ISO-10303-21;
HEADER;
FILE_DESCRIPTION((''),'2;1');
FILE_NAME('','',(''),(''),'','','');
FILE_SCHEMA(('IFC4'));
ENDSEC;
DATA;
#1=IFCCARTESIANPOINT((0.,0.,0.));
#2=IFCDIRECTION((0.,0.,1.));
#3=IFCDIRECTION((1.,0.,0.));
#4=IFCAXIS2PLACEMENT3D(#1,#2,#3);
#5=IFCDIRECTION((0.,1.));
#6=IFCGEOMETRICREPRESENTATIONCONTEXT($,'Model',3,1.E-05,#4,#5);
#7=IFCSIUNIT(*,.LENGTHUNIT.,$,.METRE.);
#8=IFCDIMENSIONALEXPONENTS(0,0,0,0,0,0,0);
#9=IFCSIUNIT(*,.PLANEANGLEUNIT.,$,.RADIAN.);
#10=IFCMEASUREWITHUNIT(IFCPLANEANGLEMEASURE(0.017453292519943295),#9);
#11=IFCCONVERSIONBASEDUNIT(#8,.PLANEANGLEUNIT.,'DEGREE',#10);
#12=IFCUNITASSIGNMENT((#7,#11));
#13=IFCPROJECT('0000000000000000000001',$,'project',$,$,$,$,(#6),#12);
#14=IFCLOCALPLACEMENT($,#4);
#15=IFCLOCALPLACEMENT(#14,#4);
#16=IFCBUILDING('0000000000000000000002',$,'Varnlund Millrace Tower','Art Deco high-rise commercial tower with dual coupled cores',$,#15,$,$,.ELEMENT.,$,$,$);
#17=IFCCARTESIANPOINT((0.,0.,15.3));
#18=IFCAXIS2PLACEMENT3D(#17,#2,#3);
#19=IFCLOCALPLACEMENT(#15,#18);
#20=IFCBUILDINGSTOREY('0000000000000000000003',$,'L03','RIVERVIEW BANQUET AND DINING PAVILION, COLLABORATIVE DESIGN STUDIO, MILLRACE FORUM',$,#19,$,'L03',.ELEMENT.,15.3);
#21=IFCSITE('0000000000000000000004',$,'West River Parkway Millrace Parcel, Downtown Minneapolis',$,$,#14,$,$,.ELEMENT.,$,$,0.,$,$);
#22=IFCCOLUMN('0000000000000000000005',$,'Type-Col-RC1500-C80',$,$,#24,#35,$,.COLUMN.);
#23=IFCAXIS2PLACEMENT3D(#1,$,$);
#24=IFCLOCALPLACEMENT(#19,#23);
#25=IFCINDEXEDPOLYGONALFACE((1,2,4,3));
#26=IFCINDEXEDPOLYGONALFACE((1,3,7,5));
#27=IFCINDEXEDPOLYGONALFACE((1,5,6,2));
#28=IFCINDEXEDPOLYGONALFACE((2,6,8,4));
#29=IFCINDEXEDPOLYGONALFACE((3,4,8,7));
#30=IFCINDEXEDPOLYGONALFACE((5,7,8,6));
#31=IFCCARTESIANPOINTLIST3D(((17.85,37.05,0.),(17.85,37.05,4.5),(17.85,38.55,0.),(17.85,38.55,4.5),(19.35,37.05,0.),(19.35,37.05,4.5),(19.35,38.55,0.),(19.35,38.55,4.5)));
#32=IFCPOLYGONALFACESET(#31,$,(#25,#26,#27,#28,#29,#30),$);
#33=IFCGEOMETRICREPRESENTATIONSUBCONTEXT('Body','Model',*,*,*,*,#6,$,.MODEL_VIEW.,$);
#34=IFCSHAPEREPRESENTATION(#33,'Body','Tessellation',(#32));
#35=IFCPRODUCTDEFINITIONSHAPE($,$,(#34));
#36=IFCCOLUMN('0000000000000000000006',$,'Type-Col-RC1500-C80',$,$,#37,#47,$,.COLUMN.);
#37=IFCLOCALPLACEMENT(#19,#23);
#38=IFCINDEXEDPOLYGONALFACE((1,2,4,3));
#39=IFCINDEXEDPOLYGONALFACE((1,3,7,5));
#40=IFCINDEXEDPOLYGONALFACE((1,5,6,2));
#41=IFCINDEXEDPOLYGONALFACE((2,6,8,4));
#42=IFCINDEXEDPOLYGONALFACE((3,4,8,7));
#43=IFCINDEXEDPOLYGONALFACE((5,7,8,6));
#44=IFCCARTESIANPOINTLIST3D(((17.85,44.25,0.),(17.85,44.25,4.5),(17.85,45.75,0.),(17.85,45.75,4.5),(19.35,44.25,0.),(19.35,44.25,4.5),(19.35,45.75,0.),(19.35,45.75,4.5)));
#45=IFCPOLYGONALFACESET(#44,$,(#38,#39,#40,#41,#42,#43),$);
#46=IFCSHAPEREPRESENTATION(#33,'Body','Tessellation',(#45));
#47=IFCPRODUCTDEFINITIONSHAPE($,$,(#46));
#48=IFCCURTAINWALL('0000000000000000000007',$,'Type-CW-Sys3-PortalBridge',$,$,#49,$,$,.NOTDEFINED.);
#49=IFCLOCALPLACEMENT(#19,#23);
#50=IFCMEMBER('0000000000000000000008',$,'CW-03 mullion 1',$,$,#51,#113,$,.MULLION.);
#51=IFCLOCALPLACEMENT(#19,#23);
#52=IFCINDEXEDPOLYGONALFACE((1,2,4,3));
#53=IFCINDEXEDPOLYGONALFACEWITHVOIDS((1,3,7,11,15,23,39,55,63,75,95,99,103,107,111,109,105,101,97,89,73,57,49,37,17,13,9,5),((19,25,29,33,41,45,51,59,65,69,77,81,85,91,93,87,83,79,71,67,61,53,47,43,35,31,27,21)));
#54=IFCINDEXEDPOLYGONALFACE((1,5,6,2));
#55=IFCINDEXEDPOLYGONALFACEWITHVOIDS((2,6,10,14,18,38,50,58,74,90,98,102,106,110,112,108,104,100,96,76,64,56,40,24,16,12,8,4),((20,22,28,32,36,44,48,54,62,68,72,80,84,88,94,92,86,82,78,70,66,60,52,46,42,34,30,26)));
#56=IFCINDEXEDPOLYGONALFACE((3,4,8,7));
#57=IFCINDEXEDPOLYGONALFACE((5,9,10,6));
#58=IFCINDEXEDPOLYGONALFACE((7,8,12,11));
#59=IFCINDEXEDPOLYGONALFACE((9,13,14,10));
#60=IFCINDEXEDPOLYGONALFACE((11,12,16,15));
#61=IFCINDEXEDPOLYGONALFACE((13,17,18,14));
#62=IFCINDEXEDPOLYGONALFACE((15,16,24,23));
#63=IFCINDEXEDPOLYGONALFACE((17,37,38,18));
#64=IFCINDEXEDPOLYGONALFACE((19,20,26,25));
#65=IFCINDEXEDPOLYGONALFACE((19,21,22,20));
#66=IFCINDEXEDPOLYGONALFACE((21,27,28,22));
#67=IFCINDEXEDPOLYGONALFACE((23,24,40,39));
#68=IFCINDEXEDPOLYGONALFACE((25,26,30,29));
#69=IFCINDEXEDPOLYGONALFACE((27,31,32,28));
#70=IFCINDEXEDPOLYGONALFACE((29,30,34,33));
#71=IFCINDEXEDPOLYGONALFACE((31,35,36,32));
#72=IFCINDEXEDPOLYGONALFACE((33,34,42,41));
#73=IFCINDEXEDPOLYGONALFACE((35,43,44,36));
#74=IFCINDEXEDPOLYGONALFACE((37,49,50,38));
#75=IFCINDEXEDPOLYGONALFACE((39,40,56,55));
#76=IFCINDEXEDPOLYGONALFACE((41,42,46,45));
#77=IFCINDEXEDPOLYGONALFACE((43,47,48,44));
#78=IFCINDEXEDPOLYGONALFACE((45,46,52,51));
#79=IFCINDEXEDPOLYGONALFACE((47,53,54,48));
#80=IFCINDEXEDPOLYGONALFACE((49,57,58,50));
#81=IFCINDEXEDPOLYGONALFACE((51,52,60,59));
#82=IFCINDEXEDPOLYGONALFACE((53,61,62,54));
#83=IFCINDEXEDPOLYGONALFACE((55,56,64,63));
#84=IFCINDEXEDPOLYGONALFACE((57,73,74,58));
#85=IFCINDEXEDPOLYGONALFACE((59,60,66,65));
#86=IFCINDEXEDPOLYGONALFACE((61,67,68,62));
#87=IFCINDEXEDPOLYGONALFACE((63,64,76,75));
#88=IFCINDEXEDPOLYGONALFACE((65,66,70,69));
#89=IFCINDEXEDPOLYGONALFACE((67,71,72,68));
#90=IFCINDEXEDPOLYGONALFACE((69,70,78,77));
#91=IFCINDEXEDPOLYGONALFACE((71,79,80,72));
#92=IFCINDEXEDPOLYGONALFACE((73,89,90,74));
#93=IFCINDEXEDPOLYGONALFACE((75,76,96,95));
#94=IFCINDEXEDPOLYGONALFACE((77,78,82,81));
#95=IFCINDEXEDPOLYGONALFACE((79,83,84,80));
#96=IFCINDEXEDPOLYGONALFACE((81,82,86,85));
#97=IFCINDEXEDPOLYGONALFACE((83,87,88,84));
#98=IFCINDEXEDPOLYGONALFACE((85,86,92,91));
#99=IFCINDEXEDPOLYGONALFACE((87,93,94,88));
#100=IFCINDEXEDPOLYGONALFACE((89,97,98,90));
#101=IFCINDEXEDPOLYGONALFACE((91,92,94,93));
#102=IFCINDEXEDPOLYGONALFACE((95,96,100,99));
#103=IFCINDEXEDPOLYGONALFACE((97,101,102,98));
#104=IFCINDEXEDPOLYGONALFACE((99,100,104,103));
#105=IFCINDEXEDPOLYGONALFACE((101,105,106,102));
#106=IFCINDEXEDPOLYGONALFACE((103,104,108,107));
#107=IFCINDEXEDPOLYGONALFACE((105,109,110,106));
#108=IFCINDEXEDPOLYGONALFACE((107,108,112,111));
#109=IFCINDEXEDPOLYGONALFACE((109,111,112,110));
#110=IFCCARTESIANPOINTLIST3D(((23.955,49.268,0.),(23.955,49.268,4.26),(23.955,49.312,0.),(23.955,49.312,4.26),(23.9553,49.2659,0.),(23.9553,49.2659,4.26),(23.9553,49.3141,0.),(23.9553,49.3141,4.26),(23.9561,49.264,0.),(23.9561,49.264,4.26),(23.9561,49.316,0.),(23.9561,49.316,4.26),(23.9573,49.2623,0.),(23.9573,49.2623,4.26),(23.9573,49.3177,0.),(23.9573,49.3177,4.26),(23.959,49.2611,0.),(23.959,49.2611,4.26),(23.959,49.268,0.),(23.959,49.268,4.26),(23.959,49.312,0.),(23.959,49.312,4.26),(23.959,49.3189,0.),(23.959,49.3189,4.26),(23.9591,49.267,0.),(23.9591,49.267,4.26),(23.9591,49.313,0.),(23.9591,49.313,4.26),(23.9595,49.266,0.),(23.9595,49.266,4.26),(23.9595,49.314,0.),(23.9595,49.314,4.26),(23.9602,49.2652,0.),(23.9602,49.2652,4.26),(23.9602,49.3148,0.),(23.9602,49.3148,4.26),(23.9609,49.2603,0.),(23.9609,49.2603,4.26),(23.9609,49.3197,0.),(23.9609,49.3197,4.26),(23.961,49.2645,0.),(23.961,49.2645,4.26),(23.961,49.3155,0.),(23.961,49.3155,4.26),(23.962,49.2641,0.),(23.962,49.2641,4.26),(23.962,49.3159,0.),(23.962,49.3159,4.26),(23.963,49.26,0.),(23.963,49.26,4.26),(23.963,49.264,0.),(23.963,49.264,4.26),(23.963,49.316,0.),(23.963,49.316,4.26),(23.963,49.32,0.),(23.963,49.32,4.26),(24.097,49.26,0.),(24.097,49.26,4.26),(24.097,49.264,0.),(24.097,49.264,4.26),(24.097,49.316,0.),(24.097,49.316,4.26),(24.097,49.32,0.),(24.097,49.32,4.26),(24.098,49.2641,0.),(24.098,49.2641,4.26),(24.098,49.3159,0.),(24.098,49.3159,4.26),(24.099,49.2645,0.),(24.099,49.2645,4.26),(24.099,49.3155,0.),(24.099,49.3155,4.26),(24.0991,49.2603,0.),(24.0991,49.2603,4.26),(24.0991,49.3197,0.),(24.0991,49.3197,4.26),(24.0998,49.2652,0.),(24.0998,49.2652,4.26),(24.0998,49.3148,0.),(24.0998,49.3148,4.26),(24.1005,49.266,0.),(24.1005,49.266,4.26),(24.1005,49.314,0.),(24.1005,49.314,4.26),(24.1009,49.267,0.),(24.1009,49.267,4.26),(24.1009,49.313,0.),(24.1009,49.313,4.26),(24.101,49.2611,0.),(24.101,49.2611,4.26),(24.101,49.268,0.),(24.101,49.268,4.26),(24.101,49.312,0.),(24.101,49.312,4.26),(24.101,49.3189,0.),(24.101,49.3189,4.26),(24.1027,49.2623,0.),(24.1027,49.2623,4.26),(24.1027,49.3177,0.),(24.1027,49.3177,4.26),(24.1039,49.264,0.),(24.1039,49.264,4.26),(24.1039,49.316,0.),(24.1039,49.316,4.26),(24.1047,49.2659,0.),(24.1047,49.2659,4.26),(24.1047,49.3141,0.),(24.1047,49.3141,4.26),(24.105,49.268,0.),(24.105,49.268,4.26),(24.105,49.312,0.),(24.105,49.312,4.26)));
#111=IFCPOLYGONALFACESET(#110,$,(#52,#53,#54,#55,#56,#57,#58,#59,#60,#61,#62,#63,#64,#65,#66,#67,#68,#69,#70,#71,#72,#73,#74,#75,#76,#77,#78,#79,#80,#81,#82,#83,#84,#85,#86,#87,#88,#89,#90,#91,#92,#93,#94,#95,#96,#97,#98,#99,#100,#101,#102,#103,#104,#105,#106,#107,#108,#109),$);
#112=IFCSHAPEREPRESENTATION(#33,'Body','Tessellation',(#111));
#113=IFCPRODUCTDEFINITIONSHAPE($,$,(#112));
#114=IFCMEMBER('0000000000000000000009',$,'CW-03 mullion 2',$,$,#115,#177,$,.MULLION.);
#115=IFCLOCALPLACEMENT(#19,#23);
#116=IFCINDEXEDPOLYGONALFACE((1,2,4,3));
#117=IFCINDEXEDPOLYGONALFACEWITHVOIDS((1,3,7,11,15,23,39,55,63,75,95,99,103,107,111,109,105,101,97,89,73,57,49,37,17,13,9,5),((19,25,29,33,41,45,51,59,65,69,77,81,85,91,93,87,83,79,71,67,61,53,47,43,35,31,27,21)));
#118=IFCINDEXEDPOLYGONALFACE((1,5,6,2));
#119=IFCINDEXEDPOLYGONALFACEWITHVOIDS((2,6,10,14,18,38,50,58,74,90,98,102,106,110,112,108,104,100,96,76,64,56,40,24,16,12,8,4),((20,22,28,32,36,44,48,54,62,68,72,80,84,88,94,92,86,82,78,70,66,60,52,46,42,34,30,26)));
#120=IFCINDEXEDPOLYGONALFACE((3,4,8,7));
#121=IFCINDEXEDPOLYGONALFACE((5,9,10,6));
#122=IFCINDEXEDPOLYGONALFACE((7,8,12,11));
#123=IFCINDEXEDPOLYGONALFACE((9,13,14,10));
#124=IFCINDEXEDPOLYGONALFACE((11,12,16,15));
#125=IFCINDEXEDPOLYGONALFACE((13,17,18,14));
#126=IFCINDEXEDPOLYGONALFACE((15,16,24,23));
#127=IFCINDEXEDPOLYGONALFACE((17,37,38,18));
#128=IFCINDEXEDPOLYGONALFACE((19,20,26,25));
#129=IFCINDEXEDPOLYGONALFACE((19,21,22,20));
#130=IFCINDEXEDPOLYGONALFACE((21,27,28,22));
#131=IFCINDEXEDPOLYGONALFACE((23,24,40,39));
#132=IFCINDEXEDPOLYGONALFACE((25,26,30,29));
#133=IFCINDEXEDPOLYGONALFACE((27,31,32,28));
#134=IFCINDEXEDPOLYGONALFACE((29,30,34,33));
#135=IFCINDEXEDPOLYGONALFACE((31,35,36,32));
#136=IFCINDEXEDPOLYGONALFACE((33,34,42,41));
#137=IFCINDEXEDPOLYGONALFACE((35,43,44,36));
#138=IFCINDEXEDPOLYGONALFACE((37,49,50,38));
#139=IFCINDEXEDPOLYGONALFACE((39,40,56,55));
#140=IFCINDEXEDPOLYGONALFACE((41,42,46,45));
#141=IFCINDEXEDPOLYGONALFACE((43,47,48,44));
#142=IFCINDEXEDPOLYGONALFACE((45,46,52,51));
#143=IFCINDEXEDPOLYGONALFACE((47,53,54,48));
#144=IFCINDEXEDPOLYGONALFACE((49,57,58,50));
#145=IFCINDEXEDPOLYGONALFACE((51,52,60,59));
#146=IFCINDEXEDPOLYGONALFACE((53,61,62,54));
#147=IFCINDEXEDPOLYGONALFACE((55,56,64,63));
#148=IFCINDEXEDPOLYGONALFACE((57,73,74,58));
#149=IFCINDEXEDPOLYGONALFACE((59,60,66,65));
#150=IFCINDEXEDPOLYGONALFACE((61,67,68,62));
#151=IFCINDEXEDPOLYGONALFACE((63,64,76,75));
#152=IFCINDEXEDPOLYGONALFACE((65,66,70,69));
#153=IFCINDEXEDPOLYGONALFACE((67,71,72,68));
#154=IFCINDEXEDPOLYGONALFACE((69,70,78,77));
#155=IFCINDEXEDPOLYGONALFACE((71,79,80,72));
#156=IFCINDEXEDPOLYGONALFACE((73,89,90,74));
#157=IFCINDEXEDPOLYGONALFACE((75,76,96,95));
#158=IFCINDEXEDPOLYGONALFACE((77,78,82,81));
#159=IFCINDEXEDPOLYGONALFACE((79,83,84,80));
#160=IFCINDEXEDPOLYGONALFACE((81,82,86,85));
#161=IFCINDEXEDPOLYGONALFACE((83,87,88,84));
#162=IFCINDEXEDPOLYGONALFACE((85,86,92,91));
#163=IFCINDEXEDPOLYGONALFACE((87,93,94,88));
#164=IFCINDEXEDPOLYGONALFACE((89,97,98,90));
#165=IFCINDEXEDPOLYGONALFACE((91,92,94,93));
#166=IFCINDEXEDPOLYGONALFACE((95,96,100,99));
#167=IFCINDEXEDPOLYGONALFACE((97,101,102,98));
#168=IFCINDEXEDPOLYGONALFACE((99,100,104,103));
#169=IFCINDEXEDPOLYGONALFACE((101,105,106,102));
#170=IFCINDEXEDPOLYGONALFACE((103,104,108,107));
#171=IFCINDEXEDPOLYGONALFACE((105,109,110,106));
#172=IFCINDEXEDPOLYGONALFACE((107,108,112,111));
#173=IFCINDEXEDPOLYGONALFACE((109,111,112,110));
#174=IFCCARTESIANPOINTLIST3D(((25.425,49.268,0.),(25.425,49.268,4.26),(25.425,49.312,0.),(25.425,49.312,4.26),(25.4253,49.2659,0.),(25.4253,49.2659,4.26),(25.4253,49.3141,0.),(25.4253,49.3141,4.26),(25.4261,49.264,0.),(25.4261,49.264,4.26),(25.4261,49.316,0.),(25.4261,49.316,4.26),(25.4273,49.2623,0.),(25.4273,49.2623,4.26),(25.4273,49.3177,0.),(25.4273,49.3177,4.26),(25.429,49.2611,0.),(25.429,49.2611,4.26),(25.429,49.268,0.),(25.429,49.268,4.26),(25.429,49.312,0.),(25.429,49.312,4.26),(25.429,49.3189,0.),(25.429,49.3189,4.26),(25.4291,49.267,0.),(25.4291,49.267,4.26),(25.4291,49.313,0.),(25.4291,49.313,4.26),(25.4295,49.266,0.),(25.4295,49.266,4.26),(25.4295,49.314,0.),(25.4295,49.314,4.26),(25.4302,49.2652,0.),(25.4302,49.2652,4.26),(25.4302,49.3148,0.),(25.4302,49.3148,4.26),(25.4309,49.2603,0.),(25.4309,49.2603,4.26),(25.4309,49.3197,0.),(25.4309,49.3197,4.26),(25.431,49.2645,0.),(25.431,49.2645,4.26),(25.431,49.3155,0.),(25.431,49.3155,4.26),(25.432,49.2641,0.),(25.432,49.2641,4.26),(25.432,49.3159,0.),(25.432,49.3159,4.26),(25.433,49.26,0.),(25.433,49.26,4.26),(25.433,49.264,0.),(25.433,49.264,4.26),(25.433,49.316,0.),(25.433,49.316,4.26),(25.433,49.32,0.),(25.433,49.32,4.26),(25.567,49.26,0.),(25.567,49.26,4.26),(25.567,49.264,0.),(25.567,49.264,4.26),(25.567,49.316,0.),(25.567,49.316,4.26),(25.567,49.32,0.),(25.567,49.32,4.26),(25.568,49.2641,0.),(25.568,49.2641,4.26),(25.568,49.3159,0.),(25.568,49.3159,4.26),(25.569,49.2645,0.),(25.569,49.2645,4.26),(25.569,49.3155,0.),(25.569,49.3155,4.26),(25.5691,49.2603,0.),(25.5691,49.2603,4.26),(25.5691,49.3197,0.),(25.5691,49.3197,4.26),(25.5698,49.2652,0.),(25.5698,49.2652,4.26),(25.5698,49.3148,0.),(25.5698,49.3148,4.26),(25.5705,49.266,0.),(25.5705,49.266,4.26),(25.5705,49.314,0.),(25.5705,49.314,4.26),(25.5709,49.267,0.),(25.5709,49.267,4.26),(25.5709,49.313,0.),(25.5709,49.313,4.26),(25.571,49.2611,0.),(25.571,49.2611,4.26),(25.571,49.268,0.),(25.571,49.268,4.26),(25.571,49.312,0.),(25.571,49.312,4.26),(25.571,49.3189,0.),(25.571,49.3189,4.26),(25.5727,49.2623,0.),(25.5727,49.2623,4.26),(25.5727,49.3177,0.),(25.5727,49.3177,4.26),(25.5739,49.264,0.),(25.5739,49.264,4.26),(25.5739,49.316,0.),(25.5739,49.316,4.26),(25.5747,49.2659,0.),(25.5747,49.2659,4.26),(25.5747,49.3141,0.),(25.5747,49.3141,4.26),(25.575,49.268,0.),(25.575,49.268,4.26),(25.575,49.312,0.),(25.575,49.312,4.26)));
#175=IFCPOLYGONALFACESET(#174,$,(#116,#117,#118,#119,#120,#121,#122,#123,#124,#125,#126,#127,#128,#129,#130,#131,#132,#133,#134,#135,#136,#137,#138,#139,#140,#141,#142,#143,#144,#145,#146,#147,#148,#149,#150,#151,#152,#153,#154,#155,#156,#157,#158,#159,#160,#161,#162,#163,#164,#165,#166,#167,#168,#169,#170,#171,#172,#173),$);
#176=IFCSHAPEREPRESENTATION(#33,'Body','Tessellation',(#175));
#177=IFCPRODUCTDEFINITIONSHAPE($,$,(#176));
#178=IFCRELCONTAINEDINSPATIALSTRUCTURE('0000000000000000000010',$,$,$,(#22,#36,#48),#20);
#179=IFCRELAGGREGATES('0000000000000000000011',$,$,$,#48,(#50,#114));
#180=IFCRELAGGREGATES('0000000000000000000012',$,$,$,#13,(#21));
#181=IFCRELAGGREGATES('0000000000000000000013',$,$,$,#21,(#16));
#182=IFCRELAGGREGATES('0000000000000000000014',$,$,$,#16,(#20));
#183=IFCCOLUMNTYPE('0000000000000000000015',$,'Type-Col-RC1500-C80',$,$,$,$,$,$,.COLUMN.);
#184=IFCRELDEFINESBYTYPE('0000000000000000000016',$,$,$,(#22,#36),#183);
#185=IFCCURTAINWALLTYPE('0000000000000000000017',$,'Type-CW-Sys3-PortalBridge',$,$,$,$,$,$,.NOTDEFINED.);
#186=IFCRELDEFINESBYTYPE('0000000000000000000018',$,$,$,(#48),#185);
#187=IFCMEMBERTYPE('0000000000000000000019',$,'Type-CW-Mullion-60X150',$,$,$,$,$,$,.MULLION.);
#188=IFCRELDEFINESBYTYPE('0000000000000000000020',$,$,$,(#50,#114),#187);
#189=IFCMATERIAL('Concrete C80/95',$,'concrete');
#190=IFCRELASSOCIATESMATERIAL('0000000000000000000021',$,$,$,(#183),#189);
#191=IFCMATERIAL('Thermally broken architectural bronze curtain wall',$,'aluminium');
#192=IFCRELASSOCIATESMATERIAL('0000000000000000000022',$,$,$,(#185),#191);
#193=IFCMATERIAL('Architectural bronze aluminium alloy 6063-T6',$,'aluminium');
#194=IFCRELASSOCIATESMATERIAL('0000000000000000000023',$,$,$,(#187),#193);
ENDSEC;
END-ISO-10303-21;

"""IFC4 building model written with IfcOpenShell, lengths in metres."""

from ifc_helpers import new_model, entity, si_unit, converted_unit, direction, frame, origin_with_axes, origin_2d_with_axis, place, context, subcontext, project, spatial, rectangle, hollow_rectangle, extrude, material, material_profile, profile_set, type_object, element, aggregate, save


model = new_model("IFC4")

# Units and contexts
model_context = context("Model", 3, precision=1e-05, world=origin_with_axes(), true_north=direction((0.0, 1.0)))
body_context = subcontext(model_context, "Body", "Model", "MODEL_VIEW")
ifc_project = project(units=[si_unit("LENGTHUNIT", "METRE"), converted_unit("PLANEANGLEUNIT", "DEGREE", entity("IfcPlaneAngleMeasure", 0.017453292519943295), si_unit("PLANEANGLEUNIT", "RADIAN"), dimensions=[0, 0, 0, 0, 0, 0, 0])], contexts=[model_context])

# Site, building, storey
site_placement = place(None, origin_with_axes())
site = spatial("IfcSite", under=ifc_project, at=site_placement, Name="West River Parkway Millrace Parcel, Downtown Minneapolis", CompositionType="ELEMENT", RefElevation=0.0)
building_placement = place(site_placement, origin_with_axes())
building = spatial("IfcBuilding", under=site, at=building_placement, Name="Varnlund Millrace Tower", Description="Art Deco high-rise commercial tower with dual coupled cores", CompositionType="ELEMENT")
storey_placement = place(building_placement, frame((0.0, 0.0, 15.3), z_axis=(0.0, 0.0, 1.0), x_axis=(1.0, 0.0, 0.0)))
storey = spatial("IfcBuildingStorey", under=building, at=storey_placement, Name="L03", Description="RIVERVIEW BANQUET AND DINING PAVILION, COLLABORATIVE DESIGN STUDIO, MILLRACE FORUM", LongName="L03", CompositionType="ELEMENT", Elevation=15.3)

# Columns
ifc_material_1 = material(Name="Concrete C80/95", Category="concrete")
ifc_material_profile_1 = material_profile(ifc_material_1, rectangle(XDim=1.5, YDim=1.5, at=origin_2d_with_axis()), Name="Concrete C80/95")
ifc_profile_set_1 = profile_set([ifc_material_profile_1], Name="Concrete C80/95")
column_type = type_object("IfcColumnType", Name="Type-Col-RC1500-C80", PredefinedType="COLUMN", material=ifc_profile_set_1)
for number, where, z_axis, x_axis, name in (
    (1, (18.6, 37.8, 0.0), (0.0, 0.0, 1.0), (1.0, 0.0, 0.0), "Type-Col-RC1500-C80"),
    (2, (18.6, 45.0, 0.0), (0.0, 0.0, 1.0), (1.0, 0.0, 0.0), "Type-Col-RC1500-C80"),
):
    element("IfcColumn", number, at=place(storey_placement, frame(where, z_axis=z_axis, x_axis=x_axis)), inside=storey, type_object=column_type, Name=name, PredefinedType="COLUMN", context=body_context, shape_type="SweptSolid", body=[
        extrude(rectangle(XDim=1.5, YDim=1.5, at=origin_2d_with_axis()), origin_with_axes(), (0.0, 0.0, 1.0), 4.5),
    ])

# Curtain wall, members
ifc_material_2 = material(Name="Thermally broken architectural bronze curtain wall", Category="aluminium")
curtain_wall_type = type_object("IfcCurtainWallType", Name="Type-CW-Sys3-PortalBridge", PredefinedType="NOTDEFINED", material=ifc_material_2)
curtain_wall_placement = place(storey_placement, frame((24.0, 49.29, 0.0), z_axis=(0.0, 0.0, 1.0), x_axis=(1.0, 0.0, 0.0)))
curtain_wall = element("IfcCurtainWall", 3, at=curtain_wall_placement, inside=storey, type_object=curtain_wall_type, Name="Type-CW-Sys3-PortalBridge", PredefinedType="NOTDEFINED")
ifc_material_3 = material(Name="Architectural bronze aluminium alloy 6063-T6", Category="aluminium")
ifc_material_profile_2 = material_profile(ifc_material_3, hollow_rectangle(XDim=0.06, YDim=0.15, WallThickness=0.004, InnerFilletRadius=0.004, OuterFilletRadius=0.008, at=origin_2d_with_axis()), Name="Architectural bronze aluminium alloy 6063-T6")
ifc_profile_set_2 = profile_set([ifc_material_profile_2], Name="Architectural bronze aluminium alloy 6063-T6")
member_type_1 = type_object("IfcMemberType", Name="Type-CW-Mullion-60X150", PredefinedType="MULLION", material=ifc_profile_set_2)
member_1_placement = place(storey_placement, frame((24.03, 49.29, 0.0), z_axis=(0.0, 0.0, 1.0), x_axis=(0.0, 1.0, 0.0)))
member_1 = element("IfcMember", 4, at=member_1_placement, type_object=member_type_1, Name="CW-03 mullion 1", PredefinedType="MULLION", context=body_context, shape_type="SweptSolid", body=[
    extrude(hollow_rectangle(XDim=0.06, YDim=0.15, WallThickness=0.004, InnerFilletRadius=0.004, OuterFilletRadius=0.008, at=origin_2d_with_axis()), origin_with_axes(), (0.0, 0.0, 1.0), 4.26),
])
member_2_placement = place(storey_placement, frame((25.5, 49.29, 0.0), z_axis=(0.0, 0.0, 1.0), x_axis=(0.0, 1.0, 0.0)))
member_2 = element("IfcMember", 5, at=member_2_placement, type_object=member_type_1, Name="CW-03 mullion 2", PredefinedType="MULLION", context=body_context, shape_type="SweptSolid", body=[
    extrude(hollow_rectangle(XDim=0.06, YDim=0.15, WallThickness=0.004, InnerFilletRadius=0.004, OuterFilletRadius=0.008, at=origin_2d_with_axis()), origin_with_axes(), (0.0, 0.0, 1.0), 4.26),
])

aggregate(curtain_wall, [member_1, member_2])

save(model, "model.ifc")
